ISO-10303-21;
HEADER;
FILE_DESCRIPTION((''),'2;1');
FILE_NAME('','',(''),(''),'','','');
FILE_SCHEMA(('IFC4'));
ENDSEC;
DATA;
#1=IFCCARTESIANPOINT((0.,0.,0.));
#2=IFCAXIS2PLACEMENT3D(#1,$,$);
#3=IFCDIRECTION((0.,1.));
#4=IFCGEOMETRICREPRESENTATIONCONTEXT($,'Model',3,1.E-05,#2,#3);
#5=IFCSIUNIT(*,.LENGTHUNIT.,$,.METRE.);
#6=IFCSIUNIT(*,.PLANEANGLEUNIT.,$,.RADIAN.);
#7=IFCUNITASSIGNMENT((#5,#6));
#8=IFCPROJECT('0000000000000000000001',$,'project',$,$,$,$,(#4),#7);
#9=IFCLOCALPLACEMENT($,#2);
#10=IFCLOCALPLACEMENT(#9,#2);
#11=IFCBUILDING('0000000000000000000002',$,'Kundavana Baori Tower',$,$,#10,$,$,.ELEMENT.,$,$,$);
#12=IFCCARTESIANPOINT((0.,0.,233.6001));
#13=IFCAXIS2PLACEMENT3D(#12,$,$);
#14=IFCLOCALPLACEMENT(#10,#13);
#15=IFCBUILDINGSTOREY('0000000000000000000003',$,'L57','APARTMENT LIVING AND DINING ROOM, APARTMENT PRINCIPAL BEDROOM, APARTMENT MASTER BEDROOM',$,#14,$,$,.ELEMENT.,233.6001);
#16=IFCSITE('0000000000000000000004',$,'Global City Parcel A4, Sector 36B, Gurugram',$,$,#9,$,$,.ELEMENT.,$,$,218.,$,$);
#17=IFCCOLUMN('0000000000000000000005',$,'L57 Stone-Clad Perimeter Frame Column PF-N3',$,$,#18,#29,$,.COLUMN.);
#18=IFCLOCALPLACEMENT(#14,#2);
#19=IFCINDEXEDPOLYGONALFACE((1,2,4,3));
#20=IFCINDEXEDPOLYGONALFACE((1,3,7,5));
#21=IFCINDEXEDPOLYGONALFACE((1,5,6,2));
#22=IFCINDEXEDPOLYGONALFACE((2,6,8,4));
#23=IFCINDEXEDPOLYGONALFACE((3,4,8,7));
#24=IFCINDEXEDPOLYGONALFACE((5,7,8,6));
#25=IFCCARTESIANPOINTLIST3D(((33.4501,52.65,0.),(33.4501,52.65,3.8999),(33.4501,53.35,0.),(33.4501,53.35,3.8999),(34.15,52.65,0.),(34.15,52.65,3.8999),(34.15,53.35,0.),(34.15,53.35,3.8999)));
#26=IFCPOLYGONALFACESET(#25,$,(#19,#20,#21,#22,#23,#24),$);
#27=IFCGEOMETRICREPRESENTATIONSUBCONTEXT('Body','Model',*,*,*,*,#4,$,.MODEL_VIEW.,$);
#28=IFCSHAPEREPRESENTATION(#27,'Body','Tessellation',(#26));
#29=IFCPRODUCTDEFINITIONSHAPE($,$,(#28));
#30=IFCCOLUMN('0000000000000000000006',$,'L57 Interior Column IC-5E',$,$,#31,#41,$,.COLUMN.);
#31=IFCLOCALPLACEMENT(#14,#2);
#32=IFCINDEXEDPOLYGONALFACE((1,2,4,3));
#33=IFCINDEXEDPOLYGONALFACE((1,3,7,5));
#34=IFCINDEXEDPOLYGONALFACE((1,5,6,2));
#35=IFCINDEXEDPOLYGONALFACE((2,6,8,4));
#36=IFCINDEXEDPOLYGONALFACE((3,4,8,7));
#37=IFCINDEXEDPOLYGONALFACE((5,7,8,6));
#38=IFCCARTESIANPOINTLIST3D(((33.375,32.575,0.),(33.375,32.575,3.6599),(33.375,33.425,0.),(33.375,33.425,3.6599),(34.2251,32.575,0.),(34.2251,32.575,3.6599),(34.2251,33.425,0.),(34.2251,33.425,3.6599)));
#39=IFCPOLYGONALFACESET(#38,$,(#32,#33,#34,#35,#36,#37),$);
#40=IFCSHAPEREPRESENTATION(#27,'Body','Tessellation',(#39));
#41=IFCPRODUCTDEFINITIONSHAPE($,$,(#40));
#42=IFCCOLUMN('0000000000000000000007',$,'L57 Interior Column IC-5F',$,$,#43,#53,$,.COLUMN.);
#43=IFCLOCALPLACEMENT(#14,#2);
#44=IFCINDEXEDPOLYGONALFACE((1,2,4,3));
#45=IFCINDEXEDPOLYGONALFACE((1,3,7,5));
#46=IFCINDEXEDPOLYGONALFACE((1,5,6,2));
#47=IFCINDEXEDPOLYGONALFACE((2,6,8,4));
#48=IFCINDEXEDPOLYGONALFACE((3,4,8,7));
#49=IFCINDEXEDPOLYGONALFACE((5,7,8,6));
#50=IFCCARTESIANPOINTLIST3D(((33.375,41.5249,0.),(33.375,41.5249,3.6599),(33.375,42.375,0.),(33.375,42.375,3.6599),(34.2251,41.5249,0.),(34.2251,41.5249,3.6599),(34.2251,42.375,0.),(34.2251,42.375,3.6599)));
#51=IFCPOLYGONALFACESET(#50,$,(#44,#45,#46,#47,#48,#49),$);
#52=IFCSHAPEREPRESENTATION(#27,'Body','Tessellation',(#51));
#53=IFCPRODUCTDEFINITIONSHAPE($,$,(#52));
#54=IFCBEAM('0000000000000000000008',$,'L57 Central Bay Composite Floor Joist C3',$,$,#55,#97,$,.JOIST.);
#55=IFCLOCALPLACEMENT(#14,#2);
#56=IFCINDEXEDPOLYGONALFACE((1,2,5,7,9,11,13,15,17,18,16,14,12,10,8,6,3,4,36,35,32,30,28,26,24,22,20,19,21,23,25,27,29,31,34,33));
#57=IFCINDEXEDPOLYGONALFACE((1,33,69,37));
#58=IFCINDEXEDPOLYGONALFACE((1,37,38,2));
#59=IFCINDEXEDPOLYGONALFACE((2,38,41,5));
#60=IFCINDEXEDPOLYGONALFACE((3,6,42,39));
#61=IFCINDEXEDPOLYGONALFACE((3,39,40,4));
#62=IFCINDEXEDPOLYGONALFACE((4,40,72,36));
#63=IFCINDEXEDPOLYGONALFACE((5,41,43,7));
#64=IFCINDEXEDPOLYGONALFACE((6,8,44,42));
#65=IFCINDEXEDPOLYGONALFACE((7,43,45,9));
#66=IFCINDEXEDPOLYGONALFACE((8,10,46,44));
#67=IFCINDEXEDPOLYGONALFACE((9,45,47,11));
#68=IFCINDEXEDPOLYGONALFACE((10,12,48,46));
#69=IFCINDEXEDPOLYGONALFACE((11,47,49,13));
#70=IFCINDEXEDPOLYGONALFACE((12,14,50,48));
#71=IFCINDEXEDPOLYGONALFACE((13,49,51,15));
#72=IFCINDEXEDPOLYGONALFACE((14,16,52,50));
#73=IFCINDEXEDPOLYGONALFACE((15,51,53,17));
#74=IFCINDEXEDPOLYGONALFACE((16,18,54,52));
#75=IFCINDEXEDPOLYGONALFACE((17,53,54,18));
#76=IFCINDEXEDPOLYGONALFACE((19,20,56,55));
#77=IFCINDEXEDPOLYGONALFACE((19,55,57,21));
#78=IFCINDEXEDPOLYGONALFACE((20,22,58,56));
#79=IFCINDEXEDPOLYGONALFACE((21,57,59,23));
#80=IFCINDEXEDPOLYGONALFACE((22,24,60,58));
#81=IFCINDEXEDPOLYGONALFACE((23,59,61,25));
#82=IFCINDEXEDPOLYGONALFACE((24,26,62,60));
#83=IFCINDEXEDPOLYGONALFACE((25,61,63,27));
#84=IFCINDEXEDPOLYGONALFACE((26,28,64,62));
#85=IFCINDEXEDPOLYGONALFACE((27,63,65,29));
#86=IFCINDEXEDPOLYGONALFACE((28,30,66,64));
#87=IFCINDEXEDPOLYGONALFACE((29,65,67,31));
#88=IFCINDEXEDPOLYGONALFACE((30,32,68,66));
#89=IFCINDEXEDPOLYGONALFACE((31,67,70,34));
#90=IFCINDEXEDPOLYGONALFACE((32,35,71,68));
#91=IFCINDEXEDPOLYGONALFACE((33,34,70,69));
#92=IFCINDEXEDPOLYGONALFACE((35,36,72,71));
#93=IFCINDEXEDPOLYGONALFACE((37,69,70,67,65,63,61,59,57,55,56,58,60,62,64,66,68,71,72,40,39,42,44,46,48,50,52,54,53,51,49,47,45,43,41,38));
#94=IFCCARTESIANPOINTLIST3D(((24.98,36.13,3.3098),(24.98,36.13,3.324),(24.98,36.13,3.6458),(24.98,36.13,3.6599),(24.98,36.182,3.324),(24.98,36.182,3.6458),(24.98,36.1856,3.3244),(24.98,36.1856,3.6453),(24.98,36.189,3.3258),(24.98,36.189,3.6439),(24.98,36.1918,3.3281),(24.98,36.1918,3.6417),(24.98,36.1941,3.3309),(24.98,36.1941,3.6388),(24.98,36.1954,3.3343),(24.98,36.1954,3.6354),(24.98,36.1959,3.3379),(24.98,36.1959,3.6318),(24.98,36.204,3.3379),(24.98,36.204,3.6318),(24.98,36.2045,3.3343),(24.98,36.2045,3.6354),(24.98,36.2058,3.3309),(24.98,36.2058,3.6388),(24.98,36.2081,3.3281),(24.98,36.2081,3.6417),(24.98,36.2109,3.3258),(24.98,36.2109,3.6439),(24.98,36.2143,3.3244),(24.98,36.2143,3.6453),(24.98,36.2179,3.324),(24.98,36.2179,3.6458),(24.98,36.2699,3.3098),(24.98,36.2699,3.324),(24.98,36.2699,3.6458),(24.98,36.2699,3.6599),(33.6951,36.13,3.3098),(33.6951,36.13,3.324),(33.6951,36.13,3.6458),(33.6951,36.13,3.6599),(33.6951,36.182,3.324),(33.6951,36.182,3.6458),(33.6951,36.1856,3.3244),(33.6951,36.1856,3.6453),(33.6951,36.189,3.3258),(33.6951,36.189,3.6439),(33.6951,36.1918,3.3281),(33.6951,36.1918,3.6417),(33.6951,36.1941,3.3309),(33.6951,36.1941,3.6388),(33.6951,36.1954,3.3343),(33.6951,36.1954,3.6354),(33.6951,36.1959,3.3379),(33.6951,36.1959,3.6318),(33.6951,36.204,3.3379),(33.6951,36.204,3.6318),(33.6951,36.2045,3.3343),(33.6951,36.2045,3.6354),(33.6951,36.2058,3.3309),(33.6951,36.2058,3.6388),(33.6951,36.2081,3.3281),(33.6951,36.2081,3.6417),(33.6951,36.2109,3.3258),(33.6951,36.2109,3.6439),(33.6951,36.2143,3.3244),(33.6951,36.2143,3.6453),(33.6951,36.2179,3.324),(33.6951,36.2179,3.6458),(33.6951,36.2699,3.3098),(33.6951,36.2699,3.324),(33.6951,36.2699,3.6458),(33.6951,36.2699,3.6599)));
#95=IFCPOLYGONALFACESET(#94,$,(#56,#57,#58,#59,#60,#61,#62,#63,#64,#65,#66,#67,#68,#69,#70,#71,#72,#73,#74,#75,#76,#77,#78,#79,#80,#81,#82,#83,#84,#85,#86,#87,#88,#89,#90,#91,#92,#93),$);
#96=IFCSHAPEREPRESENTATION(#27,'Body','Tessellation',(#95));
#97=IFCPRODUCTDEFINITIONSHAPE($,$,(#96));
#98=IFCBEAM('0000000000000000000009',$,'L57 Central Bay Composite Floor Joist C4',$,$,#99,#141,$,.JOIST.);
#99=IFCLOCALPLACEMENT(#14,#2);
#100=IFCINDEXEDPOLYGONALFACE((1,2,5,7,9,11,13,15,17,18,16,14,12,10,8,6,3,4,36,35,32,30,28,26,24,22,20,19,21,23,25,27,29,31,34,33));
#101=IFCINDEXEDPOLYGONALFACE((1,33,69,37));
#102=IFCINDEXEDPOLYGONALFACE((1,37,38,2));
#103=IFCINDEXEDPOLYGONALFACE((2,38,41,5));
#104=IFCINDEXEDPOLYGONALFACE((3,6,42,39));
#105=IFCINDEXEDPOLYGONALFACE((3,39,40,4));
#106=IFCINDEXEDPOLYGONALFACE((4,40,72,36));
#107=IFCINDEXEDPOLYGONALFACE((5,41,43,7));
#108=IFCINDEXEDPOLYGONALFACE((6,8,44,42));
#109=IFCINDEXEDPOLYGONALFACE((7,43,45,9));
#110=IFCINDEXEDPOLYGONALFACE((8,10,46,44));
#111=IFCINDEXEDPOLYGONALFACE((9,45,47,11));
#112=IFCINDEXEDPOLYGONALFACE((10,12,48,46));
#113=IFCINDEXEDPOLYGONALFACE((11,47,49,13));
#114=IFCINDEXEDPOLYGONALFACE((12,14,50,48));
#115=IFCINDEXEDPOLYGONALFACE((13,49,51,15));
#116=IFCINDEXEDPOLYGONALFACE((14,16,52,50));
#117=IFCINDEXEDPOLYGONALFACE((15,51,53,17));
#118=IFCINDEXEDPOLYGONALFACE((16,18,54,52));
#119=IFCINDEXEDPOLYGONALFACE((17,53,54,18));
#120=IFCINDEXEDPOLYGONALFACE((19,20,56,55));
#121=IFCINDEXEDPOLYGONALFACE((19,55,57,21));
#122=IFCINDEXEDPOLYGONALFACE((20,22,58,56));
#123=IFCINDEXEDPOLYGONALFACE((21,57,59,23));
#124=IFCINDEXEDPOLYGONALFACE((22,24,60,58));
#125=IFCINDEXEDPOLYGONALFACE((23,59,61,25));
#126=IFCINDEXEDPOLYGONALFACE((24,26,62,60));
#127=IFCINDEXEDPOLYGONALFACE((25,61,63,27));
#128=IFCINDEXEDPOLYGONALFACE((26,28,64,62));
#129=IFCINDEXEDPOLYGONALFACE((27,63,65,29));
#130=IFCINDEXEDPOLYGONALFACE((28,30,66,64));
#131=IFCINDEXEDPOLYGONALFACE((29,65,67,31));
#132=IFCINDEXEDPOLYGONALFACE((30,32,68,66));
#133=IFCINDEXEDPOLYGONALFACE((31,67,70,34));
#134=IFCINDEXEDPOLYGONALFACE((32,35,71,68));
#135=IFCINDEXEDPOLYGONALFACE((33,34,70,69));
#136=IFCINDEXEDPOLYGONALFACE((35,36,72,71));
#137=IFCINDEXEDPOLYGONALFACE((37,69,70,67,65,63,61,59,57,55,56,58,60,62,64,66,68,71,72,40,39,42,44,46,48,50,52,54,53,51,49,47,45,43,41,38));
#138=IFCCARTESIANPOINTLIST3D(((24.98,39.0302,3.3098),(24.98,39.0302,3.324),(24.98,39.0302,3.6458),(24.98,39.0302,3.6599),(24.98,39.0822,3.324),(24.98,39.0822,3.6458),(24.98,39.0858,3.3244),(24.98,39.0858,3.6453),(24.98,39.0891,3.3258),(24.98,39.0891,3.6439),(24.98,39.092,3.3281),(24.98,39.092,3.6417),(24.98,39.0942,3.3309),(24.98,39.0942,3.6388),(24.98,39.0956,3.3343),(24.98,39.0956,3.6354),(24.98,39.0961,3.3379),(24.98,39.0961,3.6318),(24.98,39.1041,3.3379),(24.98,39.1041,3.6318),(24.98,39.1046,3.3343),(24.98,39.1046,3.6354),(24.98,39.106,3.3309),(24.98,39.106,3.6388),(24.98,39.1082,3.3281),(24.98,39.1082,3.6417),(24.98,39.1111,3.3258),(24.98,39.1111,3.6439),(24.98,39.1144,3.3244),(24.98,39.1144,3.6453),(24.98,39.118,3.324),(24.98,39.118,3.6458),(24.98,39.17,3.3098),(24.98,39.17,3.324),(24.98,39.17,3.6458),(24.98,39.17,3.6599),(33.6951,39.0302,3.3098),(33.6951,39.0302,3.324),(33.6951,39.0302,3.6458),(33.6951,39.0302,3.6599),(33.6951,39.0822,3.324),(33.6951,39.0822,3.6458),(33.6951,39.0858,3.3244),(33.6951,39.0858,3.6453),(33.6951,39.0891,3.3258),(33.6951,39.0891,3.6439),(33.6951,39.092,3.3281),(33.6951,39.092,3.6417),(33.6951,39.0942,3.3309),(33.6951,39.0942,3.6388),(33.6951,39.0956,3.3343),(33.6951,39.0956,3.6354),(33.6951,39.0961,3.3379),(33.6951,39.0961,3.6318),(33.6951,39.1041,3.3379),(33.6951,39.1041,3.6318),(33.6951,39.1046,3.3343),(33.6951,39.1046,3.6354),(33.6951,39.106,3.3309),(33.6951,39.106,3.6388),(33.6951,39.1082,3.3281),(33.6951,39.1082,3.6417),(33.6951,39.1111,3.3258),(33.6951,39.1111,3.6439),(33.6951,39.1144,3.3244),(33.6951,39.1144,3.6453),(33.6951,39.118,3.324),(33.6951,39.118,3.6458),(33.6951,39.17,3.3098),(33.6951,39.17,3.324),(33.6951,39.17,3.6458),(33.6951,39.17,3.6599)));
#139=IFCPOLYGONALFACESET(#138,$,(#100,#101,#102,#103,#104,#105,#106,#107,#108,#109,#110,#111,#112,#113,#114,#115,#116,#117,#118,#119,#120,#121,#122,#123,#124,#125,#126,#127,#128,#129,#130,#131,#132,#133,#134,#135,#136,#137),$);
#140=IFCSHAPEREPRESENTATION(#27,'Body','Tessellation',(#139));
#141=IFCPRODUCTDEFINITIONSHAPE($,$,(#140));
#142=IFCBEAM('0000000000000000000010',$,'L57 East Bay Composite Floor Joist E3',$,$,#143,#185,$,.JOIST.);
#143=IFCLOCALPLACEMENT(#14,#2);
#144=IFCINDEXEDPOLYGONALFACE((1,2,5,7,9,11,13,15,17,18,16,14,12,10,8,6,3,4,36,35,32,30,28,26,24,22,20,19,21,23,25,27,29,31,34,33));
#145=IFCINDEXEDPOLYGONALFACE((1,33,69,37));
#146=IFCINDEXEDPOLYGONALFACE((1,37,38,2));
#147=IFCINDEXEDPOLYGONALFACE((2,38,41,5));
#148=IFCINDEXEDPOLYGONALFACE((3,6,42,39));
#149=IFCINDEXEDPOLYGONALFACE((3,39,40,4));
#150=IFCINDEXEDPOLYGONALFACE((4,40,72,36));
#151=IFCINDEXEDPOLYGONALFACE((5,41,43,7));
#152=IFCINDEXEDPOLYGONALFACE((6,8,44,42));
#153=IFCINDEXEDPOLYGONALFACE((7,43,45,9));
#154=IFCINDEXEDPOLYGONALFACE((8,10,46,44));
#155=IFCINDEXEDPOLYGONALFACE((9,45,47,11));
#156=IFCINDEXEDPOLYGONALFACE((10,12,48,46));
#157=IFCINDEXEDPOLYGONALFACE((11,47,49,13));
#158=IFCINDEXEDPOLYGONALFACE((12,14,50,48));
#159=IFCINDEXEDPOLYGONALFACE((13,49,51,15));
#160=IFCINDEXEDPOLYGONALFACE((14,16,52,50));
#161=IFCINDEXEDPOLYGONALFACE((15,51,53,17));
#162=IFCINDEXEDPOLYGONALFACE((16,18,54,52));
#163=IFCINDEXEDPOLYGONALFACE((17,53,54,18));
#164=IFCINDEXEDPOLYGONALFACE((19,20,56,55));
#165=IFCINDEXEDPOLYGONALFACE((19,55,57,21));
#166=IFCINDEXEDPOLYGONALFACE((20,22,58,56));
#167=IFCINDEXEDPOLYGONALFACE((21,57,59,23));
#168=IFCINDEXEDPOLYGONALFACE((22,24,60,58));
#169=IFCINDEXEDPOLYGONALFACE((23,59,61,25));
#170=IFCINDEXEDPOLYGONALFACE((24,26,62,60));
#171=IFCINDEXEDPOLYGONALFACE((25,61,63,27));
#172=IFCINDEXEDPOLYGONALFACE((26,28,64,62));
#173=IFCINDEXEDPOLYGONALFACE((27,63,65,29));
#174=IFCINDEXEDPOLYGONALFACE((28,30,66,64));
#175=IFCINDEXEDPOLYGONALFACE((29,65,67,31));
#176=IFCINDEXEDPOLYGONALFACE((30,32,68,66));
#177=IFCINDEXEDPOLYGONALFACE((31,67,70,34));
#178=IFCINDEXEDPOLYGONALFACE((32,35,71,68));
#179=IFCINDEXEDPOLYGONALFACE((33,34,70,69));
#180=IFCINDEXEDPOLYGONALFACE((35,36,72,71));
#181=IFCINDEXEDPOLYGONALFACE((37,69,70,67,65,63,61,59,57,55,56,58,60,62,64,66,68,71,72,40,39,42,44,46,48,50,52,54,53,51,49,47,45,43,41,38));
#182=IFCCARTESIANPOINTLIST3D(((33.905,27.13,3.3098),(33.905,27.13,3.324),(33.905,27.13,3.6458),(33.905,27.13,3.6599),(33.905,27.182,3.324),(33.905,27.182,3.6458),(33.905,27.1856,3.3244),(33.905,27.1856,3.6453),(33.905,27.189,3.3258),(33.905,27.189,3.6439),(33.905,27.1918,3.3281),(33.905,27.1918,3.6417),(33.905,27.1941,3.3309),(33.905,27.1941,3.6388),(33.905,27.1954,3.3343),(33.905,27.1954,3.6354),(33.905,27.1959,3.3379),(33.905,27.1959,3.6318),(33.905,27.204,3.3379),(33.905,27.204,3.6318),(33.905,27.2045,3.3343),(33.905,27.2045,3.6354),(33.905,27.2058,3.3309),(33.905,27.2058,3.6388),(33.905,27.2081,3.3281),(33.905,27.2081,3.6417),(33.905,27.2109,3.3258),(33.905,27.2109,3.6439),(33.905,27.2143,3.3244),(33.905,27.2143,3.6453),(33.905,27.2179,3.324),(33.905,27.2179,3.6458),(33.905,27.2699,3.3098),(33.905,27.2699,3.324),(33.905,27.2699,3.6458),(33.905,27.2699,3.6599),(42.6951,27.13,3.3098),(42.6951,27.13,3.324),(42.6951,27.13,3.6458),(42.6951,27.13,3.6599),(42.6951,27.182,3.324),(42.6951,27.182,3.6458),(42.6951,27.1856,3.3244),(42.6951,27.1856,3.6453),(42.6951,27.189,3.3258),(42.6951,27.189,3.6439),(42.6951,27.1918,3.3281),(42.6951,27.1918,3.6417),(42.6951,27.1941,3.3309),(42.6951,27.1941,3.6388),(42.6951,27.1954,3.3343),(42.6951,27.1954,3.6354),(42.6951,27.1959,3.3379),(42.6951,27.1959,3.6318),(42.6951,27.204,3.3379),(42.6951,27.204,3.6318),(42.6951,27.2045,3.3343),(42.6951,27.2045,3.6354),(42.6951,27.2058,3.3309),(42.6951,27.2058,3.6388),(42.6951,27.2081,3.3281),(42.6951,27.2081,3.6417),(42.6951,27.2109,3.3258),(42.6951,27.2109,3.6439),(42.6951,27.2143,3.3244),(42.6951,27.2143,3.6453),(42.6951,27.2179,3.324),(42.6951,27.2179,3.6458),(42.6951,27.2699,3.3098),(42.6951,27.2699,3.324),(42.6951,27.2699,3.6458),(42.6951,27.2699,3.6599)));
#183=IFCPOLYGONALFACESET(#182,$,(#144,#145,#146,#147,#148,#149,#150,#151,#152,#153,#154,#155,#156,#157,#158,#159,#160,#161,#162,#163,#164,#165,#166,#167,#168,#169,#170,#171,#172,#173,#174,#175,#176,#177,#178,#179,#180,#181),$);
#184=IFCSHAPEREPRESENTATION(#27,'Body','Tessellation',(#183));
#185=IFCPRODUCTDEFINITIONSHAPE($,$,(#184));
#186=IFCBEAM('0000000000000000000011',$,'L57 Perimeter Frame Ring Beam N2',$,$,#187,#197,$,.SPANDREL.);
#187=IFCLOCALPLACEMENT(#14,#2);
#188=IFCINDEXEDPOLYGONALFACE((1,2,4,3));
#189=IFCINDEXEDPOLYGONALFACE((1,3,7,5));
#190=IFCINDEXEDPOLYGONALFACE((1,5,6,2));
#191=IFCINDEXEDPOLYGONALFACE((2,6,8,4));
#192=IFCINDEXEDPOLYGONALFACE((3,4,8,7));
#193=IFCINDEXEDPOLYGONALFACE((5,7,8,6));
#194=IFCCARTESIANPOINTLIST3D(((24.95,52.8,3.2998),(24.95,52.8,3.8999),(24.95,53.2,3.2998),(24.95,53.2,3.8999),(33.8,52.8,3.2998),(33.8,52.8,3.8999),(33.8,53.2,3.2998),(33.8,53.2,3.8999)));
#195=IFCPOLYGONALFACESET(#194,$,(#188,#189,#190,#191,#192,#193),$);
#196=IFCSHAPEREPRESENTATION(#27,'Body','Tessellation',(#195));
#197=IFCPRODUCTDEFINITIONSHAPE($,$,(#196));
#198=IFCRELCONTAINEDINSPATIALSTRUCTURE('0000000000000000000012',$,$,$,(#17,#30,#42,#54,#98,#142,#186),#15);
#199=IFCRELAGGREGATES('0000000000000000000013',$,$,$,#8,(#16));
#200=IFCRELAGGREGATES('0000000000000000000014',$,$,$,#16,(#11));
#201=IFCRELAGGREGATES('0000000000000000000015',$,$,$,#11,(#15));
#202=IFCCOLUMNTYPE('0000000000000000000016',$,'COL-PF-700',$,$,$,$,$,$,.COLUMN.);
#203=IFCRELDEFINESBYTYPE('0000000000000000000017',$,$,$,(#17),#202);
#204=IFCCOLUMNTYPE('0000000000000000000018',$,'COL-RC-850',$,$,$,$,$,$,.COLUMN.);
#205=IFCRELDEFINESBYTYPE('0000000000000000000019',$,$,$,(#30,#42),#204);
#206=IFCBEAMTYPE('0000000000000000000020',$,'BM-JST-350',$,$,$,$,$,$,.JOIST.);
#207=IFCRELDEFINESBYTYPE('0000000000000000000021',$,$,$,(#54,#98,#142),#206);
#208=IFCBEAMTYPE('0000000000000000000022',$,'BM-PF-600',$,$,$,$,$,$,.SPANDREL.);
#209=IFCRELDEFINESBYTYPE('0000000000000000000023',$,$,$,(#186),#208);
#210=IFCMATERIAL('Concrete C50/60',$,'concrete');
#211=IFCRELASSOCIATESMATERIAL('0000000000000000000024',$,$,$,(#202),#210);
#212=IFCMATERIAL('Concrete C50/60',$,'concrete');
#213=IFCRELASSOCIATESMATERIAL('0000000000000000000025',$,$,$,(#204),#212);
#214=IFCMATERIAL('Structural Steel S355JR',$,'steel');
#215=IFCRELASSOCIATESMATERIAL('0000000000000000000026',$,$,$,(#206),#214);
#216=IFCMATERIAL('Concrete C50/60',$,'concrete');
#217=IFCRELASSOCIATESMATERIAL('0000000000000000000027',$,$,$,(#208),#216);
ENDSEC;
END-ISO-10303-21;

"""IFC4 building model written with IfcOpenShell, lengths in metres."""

from ifc_helpers import new_model, si_unit, direction, frame, origin, origin_2d, place, context, subcontext, project, spatial, rectangle, i_section, extrude, material, material_profile, profile_set, type_object, element, save


model = new_model("IFC4")

# Units and contexts
model_context = context("Model", 3, precision=1e-05, world=origin(), true_north=direction((0.0, 1.0)))
body_context = subcontext(model_context, "Body", "Model", "MODEL_VIEW")
ifc_project = project(units=[si_unit("LENGTHUNIT", "METRE"), si_unit("PLANEANGLEUNIT", "RADIAN")], contexts=[model_context])

# Site, building, storey
site_placement = place(None, origin())
site = spatial("IfcSite", under=ifc_project, at=site_placement, Name="Global City Parcel A4, Sector 36B, Gurugram", CompositionType="ELEMENT", RefElevation=218.0)
building_placement = place(site_placement, origin())
building = spatial("IfcBuilding", under=site, at=building_placement, Name="Kundavana Baori Tower", CompositionType="ELEMENT")
storey_placement = place(building_placement, frame((0.0, 0.0, 233.6001)))
storey = spatial("IfcBuildingStorey", under=building, at=storey_placement, Name="L57", Description="APARTMENT LIVING AND DINING ROOM, APARTMENT PRINCIPAL BEDROOM, APARTMENT MASTER BEDROOM", CompositionType="ELEMENT", Elevation=233.6001)

# Columns
ifc_material_1 = material(Name="Concrete C50/60", Category="concrete")
ifc_material_profile_1 = material_profile(ifc_material_1, rectangle(XDim=0.7, YDim=0.7, at=origin_2d()), Name="RC PF 700x700")
ifc_profile_set_1 = profile_set([ifc_material_profile_1], Name="Concrete C50/60")
column_type_1 = type_object("IfcColumnType", Name="COL-PF-700", PredefinedType="COLUMN", material=ifc_profile_set_1)
column_placement = place(storey_placement, frame((33.8, 53.0, 0.0), z_axis=(0.0, 0.0, 1.0), x_axis=(1.0, 0.0, 0.0)))
element("IfcColumn", 1, at=column_placement, inside=storey, type_object=column_type_1, Name="L57 Stone-Clad Perimeter Frame Column PF-N3", PredefinedType="COLUMN", context=body_context, shape_type="SweptSolid", body=[
    extrude(rectangle(XDim=0.7, YDim=0.7, at=origin_2d()), origin(), (0.0, 0.0, 1.0), 3.8999),
])
ifc_material_2 = material(Name="Concrete C50/60", Category="concrete")
ifc_material_profile_2 = material_profile(ifc_material_2, rectangle(XDim=0.8501, YDim=0.8501, at=origin_2d()), Name="RC 850x850")
ifc_profile_set_2 = profile_set([ifc_material_profile_2], Name="Concrete C50/60")
column_type_2 = type_object("IfcColumnType", Name="COL-RC-850", PredefinedType="COLUMN", material=ifc_profile_set_2)
for number, where, z_axis, x_axis, name in (
    (2, (33.8, 33.0, 0.0), (0.0, 0.0, 1.0), (1.0, 0.0, 0.0), "L57 Interior Column IC-5E"),
    (3, (33.8, 41.95, 0.0), (0.0, 0.0, 1.0), (1.0, 0.0, 0.0), "L57 Interior Column IC-5F"),
):
    element("IfcColumn", number, at=place(storey_placement, frame(where, z_axis=z_axis, x_axis=x_axis)), inside=storey, type_object=column_type_2, Name=name, PredefinedType="COLUMN", context=body_context, shape_type="SweptSolid", body=[
        extrude(rectangle(XDim=0.8501, YDim=0.8501, at=origin_2d()), origin(), (0.0, 0.0, 1.0), 3.6599),
    ])

# Beams
ifc_material_3 = material(Name="Structural Steel S355JR", Category="steel")
ifc_material_profile_3 = material_profile(ifc_material_3, i_section(OverallWidth=0.1399, OverallDepth=0.3501, WebThickness=0.0081, FlangeThickness=0.0142, FilletRadius=0.0139, at=origin_2d()), Name="ISMB 350")
ifc_profile_set_3 = profile_set([ifc_material_profile_3], Name="Structural Steel S355JR")
beam_type_1 = type_object("IfcBeamType", Name="BM-JST-350", PredefinedType="JOIST", material=ifc_profile_set_3)
for number, where, z_axis, x_axis, name in (
    (4, (24.98, 36.2, 3.4849), (1.0, 0.0, 0.0), (0.0, 1.0, 0.0), "L57 Central Bay Composite Floor Joist C3"),
    (5, (24.98, 39.1001, 3.4849), (1.0, 0.0, 0.0), (0.0, 1.0, 0.0), "L57 Central Bay Composite Floor Joist C4"),
):
    element("IfcBeam", number, at=place(storey_placement, frame(where, z_axis=z_axis, x_axis=x_axis)), inside=storey, type_object=beam_type_1, Name=name, PredefinedType="JOIST", context=body_context, shape_type="SweptSolid", body=[
        extrude(i_section(OverallWidth=0.1399, OverallDepth=0.3501, WebThickness=0.0081, FlangeThickness=0.0142, FilletRadius=0.0139, at=origin_2d()), origin(), (0.0, 0.0, 1.0), 8.7151),
    ])
beam_1_placement = place(storey_placement, frame((33.905, 27.2, 3.4849), z_axis=(1.0, 0.0, 0.0), x_axis=(0.0, 1.0, 0.0)))
element("IfcBeam", 6, at=beam_1_placement, inside=storey, type_object=beam_type_1, Name="L57 East Bay Composite Floor Joist E3", PredefinedType="JOIST", context=body_context, shape_type="SweptSolid", body=[
    extrude(i_section(OverallWidth=0.1399, OverallDepth=0.3501, WebThickness=0.0081, FlangeThickness=0.0142, FilletRadius=0.0139, at=origin_2d()), origin(), (0.0, 0.0, 1.0), 8.79),
])
ifc_material_4 = material(Name="Concrete C50/60", Category="concrete")
ifc_material_profile_4 = material_profile(ifc_material_4, rectangle(XDim=0.3999, YDim=0.6001, at=origin_2d()), Name="RC BM 400x600")
ifc_profile_set_4 = profile_set([ifc_material_profile_4], Name="Concrete C50/60")
beam_type_2 = type_object("IfcBeamType", Name="BM-PF-600", PredefinedType="SPANDREL", material=ifc_profile_set_4)
beam_2_placement = place(storey_placement, frame((24.95, 53.0, 3.5999), z_axis=(1.0, 0.0, 0.0), x_axis=(0.0, 1.0, 0.0)))
element("IfcBeam", 7, at=beam_2_placement, inside=storey, type_object=beam_type_2, Name="L57 Perimeter Frame Ring Beam N2", PredefinedType="SPANDREL", context=body_context, shape_type="SweptSolid", body=[
    extrude(rectangle(XDim=0.3999, YDim=0.6001, at=origin_2d()), origin(), (0.0, 0.0, 1.0), 8.8501),
])

save(model, "model.ifc")
